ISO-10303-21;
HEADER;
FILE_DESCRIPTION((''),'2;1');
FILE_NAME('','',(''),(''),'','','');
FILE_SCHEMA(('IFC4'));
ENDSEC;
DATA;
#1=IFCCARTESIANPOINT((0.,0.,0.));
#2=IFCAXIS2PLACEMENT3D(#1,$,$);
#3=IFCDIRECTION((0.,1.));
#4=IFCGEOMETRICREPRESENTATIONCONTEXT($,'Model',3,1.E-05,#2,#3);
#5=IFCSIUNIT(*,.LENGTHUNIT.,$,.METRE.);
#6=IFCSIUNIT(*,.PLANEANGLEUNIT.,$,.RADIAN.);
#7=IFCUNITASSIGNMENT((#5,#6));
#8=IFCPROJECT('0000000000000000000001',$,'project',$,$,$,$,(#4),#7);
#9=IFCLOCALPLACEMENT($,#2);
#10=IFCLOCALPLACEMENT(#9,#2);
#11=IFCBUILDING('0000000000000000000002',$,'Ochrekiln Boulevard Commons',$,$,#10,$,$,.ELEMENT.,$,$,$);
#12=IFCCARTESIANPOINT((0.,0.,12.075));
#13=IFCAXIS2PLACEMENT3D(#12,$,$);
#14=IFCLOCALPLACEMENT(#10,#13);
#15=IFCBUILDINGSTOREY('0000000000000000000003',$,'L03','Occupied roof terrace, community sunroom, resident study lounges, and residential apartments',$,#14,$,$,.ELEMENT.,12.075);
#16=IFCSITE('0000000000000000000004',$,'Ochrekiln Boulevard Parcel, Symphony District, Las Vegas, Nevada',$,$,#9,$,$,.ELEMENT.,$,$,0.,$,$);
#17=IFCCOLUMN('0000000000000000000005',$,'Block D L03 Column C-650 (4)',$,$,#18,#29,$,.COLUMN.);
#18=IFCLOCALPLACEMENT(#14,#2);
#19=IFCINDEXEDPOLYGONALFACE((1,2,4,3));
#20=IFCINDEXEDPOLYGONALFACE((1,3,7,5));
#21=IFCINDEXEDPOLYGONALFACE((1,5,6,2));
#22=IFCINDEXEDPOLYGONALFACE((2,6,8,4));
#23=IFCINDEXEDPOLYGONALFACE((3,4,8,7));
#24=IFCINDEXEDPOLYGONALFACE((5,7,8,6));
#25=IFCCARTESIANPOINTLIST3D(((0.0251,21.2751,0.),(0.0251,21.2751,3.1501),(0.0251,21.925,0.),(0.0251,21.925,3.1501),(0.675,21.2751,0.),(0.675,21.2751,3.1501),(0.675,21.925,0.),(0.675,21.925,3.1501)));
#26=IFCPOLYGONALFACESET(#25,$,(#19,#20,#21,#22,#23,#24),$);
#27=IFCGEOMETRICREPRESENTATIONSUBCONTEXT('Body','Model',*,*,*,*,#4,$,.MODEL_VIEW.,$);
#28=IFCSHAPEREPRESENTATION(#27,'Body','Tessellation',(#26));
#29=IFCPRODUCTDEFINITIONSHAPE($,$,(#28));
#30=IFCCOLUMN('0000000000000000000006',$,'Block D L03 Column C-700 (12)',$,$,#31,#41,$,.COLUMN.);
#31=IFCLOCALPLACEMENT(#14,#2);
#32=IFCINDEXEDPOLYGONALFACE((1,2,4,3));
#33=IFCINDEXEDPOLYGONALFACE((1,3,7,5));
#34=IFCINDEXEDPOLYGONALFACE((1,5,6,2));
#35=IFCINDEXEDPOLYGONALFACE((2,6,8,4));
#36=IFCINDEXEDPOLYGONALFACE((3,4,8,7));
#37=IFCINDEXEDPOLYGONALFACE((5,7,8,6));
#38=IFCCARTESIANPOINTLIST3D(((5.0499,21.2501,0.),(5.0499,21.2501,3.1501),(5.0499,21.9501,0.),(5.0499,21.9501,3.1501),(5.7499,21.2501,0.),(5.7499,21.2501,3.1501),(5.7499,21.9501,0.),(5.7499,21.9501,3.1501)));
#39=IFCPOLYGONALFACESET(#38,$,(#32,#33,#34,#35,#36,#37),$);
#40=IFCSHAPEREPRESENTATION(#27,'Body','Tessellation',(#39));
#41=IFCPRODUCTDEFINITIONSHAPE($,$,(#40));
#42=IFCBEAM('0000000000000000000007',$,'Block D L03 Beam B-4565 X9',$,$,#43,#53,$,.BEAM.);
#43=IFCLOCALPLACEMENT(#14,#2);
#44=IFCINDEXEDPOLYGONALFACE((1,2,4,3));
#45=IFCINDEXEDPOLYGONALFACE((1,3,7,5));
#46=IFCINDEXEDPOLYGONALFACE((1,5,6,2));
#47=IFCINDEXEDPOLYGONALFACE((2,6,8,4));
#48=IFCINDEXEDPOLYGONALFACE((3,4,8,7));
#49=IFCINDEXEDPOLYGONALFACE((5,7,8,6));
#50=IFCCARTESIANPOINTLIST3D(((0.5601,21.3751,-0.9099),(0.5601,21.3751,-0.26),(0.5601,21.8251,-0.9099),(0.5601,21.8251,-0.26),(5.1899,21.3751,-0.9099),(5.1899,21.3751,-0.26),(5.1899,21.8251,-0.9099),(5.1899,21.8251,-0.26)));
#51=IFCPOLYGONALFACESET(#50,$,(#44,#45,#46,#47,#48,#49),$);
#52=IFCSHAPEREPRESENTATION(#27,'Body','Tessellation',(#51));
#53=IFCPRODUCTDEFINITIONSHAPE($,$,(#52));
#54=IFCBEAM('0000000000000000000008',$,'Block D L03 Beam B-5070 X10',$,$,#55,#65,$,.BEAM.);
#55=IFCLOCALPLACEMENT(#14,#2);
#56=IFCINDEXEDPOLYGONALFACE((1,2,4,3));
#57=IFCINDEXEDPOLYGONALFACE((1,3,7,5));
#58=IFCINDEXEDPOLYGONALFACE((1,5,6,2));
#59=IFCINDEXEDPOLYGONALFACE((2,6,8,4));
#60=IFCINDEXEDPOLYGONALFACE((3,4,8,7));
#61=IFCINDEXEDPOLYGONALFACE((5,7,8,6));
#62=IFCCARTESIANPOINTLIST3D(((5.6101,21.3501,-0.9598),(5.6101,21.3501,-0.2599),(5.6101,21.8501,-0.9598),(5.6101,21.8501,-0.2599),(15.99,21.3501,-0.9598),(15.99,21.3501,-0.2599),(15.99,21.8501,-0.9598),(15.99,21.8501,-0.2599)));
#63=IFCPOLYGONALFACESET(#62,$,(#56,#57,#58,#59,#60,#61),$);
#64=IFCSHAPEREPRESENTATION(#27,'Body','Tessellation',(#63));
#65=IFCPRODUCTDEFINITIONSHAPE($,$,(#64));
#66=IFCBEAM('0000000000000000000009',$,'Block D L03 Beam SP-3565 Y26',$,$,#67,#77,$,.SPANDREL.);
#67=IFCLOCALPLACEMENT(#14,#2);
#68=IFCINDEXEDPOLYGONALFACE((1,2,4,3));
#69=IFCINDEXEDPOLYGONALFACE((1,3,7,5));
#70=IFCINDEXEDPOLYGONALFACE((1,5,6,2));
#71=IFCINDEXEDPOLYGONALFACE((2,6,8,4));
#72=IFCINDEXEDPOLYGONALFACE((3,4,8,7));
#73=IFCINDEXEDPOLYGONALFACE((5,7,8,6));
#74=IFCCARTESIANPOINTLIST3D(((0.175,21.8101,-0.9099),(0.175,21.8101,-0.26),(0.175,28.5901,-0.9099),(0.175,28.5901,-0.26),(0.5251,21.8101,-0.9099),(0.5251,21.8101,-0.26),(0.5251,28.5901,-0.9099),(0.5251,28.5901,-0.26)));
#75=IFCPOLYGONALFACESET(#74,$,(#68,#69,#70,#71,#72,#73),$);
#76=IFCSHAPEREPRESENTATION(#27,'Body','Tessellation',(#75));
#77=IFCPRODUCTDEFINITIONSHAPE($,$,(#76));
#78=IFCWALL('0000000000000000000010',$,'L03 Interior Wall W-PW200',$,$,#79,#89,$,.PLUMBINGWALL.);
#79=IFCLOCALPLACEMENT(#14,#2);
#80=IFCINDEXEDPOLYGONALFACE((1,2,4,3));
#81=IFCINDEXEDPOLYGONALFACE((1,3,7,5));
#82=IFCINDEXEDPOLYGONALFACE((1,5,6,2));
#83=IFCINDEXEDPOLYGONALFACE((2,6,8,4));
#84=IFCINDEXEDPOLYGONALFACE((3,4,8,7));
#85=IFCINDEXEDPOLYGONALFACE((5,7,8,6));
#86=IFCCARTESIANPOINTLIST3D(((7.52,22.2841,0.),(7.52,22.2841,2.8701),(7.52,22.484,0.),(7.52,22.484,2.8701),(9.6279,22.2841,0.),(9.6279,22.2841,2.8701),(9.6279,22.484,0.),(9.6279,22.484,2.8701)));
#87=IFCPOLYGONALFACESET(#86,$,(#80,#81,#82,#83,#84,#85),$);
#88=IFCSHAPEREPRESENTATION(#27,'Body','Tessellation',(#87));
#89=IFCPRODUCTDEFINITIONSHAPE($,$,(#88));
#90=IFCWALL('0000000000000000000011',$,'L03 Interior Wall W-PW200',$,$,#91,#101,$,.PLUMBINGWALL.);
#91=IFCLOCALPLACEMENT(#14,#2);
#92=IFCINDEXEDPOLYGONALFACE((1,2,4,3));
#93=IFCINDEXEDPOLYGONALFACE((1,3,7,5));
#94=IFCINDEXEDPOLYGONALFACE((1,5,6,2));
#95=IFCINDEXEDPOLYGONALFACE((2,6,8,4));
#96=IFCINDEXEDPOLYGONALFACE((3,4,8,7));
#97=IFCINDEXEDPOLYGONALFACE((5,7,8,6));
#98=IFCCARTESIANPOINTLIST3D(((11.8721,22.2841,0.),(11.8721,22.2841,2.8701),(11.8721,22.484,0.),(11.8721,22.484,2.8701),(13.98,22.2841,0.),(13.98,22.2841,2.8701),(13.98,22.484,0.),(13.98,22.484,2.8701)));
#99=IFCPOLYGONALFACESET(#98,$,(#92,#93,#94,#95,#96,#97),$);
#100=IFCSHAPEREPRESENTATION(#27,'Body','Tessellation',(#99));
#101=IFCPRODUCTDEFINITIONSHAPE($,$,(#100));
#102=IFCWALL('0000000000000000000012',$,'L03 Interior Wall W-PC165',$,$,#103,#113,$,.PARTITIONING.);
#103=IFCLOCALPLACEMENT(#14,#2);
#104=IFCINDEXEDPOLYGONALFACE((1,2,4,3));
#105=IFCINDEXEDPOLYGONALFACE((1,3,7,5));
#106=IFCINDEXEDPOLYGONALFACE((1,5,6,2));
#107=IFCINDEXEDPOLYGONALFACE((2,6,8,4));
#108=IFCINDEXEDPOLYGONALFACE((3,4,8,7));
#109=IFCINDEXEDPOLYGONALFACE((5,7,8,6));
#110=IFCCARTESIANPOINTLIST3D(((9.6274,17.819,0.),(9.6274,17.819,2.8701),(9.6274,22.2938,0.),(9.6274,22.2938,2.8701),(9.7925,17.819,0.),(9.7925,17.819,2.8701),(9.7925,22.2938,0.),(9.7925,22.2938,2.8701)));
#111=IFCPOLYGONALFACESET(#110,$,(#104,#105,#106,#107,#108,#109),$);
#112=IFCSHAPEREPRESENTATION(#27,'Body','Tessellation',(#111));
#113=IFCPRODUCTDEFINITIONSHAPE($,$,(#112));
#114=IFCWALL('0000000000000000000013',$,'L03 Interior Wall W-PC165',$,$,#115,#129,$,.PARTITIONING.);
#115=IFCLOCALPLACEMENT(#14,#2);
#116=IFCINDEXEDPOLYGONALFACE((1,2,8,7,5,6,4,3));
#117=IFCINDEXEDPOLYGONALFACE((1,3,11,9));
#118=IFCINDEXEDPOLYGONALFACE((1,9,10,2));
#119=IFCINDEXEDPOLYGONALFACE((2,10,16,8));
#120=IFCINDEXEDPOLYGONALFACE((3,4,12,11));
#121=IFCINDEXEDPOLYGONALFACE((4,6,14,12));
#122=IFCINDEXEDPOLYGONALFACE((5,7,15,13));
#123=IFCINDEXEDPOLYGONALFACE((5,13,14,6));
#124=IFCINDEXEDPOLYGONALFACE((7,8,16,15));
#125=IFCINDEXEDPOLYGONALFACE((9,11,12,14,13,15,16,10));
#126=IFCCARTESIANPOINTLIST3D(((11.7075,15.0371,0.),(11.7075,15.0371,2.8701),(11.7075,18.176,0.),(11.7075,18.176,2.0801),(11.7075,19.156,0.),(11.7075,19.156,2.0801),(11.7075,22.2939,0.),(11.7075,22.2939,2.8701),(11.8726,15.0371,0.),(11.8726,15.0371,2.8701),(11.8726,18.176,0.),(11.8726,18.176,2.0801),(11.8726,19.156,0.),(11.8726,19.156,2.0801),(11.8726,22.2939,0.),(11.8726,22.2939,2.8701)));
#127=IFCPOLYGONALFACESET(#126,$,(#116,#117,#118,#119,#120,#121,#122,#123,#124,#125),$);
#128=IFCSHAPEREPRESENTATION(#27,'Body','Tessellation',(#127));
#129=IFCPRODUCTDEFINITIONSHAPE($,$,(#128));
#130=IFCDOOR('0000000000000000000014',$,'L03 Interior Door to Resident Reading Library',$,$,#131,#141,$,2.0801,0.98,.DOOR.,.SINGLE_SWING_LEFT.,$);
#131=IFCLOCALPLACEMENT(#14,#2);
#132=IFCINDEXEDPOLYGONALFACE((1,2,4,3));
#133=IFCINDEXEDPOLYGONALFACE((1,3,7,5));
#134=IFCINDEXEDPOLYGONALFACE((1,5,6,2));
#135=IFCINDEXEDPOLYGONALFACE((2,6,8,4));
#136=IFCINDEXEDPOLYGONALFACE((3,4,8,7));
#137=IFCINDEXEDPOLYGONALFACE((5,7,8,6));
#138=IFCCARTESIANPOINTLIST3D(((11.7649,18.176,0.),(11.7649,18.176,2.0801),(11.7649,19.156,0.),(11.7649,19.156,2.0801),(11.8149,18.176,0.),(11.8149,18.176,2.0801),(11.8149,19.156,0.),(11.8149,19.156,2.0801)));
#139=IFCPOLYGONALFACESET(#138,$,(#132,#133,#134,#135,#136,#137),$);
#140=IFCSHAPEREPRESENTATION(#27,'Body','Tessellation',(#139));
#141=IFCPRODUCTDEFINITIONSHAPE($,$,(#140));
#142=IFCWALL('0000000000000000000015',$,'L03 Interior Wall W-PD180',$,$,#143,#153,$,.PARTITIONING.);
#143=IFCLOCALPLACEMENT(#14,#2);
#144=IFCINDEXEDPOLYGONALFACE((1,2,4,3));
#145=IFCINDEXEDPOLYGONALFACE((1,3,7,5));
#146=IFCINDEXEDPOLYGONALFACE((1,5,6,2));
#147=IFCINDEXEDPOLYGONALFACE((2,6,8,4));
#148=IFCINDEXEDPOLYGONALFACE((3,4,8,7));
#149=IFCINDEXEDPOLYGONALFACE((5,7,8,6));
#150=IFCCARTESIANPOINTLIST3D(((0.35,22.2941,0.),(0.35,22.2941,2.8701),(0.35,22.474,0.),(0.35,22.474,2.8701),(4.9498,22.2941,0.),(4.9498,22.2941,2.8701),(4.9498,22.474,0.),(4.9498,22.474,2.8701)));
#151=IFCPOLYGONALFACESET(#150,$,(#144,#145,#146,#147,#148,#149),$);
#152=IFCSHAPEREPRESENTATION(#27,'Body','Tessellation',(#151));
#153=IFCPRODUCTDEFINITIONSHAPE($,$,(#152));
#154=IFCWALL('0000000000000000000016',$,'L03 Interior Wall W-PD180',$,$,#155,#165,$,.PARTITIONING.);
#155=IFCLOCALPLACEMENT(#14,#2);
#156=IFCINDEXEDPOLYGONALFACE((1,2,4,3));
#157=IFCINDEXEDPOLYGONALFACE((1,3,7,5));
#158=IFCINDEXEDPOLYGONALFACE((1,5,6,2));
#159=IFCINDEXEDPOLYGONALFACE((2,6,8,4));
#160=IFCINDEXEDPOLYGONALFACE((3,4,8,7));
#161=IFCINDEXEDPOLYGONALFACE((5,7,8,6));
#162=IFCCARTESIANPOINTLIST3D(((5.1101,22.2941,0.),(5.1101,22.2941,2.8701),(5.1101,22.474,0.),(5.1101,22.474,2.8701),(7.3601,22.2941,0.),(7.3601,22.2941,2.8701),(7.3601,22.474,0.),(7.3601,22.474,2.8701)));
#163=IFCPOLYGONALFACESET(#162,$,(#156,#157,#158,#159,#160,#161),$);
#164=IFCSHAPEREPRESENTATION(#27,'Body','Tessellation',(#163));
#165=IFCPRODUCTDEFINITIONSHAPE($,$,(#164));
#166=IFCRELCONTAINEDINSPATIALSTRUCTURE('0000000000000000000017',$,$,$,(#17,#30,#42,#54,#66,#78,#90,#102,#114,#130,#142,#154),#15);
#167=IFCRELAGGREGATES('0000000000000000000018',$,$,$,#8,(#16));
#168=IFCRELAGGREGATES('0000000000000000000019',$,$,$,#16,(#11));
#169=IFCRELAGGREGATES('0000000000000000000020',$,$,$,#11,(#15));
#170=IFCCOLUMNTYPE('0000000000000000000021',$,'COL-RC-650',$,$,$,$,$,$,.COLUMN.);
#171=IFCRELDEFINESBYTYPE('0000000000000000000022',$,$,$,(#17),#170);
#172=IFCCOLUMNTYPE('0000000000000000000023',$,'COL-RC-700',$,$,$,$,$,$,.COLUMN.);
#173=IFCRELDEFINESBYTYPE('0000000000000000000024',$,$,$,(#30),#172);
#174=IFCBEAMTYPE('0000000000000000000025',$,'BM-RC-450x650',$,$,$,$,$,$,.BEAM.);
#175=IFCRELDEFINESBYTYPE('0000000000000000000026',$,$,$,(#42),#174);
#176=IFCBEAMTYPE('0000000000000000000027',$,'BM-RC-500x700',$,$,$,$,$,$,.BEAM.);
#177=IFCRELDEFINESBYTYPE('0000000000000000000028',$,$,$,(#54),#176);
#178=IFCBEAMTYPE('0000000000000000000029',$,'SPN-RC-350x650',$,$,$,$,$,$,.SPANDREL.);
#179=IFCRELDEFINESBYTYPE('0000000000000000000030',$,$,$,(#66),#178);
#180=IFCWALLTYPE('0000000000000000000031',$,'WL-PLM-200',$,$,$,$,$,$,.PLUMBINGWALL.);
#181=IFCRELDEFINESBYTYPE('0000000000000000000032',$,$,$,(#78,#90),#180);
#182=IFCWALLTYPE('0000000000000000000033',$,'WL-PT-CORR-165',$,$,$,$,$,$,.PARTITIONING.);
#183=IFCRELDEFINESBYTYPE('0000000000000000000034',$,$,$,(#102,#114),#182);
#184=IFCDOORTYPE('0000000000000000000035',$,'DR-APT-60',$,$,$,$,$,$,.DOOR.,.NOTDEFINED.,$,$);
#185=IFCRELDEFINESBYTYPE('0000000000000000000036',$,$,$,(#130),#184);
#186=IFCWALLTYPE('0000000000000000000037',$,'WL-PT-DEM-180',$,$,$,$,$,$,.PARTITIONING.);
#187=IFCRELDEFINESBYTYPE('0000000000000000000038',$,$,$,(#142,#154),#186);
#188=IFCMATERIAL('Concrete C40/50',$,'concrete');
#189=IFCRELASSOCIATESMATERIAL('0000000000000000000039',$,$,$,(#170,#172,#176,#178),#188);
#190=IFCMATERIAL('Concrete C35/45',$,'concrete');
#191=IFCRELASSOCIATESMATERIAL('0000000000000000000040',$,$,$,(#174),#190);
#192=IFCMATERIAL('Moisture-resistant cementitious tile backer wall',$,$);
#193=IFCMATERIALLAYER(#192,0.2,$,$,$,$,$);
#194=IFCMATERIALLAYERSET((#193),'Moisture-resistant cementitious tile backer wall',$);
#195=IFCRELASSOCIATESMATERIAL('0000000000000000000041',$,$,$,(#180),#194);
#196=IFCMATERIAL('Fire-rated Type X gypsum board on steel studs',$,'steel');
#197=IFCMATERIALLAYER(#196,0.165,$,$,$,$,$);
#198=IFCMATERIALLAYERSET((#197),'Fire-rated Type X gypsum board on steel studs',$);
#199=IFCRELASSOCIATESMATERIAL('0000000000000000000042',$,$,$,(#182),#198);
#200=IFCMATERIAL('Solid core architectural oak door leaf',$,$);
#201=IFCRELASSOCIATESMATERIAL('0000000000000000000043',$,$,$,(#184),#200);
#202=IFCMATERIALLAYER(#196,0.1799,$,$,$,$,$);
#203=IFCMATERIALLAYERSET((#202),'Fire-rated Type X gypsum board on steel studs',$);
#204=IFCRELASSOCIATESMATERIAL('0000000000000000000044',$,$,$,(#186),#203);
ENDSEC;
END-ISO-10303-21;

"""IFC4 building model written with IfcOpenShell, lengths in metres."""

from ifc_helpers import new_model, si_unit, direction, frame, frame_2d, origin, origin_2d, place, context, subcontext, project, spatial, rectangle, extrude, material, layer, layer_set, material_profile, profile_set, type_object, element, fill, save


model = new_model("IFC4")

# Units and contexts
model_context = context("Model", 3, precision=1e-05, world=origin(), true_north=direction((0.0, 1.0)))
body_context = subcontext(model_context, "Body", "Model", "MODEL_VIEW")
ifc_project = project(units=[si_unit("LENGTHUNIT", "METRE"), si_unit("PLANEANGLEUNIT", "RADIAN")], contexts=[model_context])

# Site, building, storey
site_placement = place(None, origin())
site = spatial("IfcSite", under=ifc_project, at=site_placement, Name="Ochrekiln Boulevard Parcel, Symphony District, Las Vegas, Nevada", CompositionType="ELEMENT", RefElevation=0.0)
building_placement = place(site_placement, origin())
building = spatial("IfcBuilding", under=site, at=building_placement, Name="Ochrekiln Boulevard Commons", CompositionType="ELEMENT")
storey_placement = place(building_placement, frame((0.0, 0.0, 12.075)))
storey = spatial("IfcBuildingStorey", under=building, at=storey_placement, Name="L03", Description="Occupied roof terrace, community sunroom, resident study lounges, and residential apartments", CompositionType="ELEMENT", Elevation=12.075)

# Columns
ifc_material_1 = material(Name="Concrete C40/50", Category="concrete")
ifc_material_profile_1 = material_profile(ifc_material_1, rectangle(XDim=0.6499, YDim=0.6499, at=origin_2d()), Name="RC-COL-650x650")
ifc_profile_set_1 = profile_set([ifc_material_profile_1], Name="Concrete C40/50")
column_type_1 = type_object("IfcColumnType", Name="COL-RC-650", PredefinedType="COLUMN", material=ifc_profile_set_1)
column_1_placement = place(storey_placement, frame((0.3501, 21.6001, 0.0), z_axis=(0.0, 0.0, 1.0), x_axis=(1.0, 0.0, 0.0)))
element("IfcColumn", 1, at=column_1_placement, inside=storey, type_object=column_type_1, Name="Block D L03 Column C-650 (4)", PredefinedType="COLUMN", context=body_context, shape_type="SweptSolid", body=[
    extrude(rectangle(XDim=0.6499, YDim=0.6499, at=origin_2d()), origin(), (0.0, 0.0, 1.0), 3.1501),
])
ifc_material_profile_2 = material_profile(ifc_material_1, rectangle(XDim=0.7, YDim=0.7, at=origin_2d()), Name="RC-COL-700x700")
ifc_profile_set_2 = profile_set([ifc_material_profile_2], Name="Concrete C40/50")
column_type_2 = type_object("IfcColumnType", Name="COL-RC-700", PredefinedType="COLUMN", material=ifc_profile_set_2)
column_2_placement = place(storey_placement, frame((5.3999, 21.6001, 0.0), z_axis=(0.0, 0.0, 1.0), x_axis=(1.0, 0.0, 0.0)))
element("IfcColumn", 2, at=column_2_placement, inside=storey, type_object=column_type_2, Name="Block D L03 Column C-700 (12)", PredefinedType="COLUMN", context=body_context, shape_type="SweptSolid", body=[
    extrude(rectangle(XDim=0.7, YDim=0.7, at=origin_2d()), origin(), (0.0, 0.0, 1.0), 3.1501),
])

# Beams
ifc_material_2 = material(Name="Concrete C35/45", Category="concrete")
ifc_material_profile_3 = material_profile(ifc_material_2, rectangle(XDim=0.45, YDim=0.6499, at=origin_2d()), Name="RC-BM-450x650")
ifc_profile_set_3 = profile_set([ifc_material_profile_3], Name="Concrete C35/45")
beam_type_1 = type_object("IfcBeamType", Name="BM-RC-450x650", PredefinedType="BEAM", material=ifc_profile_set_3)
beam_1_placement = place(storey_placement, frame((0.5601, 21.6001, -0.585), z_axis=(1.0, 0.0, 0.0), x_axis=(0.0, 1.0, 0.0)))
element("IfcBeam", 3, at=beam_1_placement, inside=storey, type_object=beam_type_1, Name="Block D L03 Beam B-4565 X9", PredefinedType="BEAM", context=body_context, shape_type="SweptSolid", body=[
    extrude(rectangle(XDim=0.45, YDim=0.6499, at=origin_2d()), origin(), (0.0, 0.0, 1.0), 4.6299),
])
ifc_material_profile_4 = material_profile(ifc_material_1, rectangle(XDim=0.5, YDim=0.7, at=origin_2d()), Name="RC-BM-500x700")
ifc_profile_set_4 = profile_set([ifc_material_profile_4], Name="Concrete C40/50")
beam_type_2 = type_object("IfcBeamType", Name="BM-RC-500x700", PredefinedType="BEAM", material=ifc_profile_set_4)
beam_2_placement = place(storey_placement, frame((5.6101, 21.6001, -0.6099), z_axis=(1.0, 0.0, 0.0), x_axis=(0.0, 1.0, 0.0)))
element("IfcBeam", 4, at=beam_2_placement, inside=storey, type_object=beam_type_2, Name="Block D L03 Beam B-5070 X10", PredefinedType="BEAM", context=body_context, shape_type="SweptSolid", body=[
    extrude(rectangle(XDim=0.5, YDim=0.7, at=origin_2d()), origin(), (0.0, 0.0, 1.0), 10.3799),
])
ifc_material_profile_5 = material_profile(ifc_material_1, rectangle(XDim=0.3501, YDim=0.6499, at=origin_2d()), Name="RC-SPN-350x650")
ifc_profile_set_5 = profile_set([ifc_material_profile_5], Name="Concrete C40/50")
beam_type_3 = type_object("IfcBeamType", Name="SPN-RC-350x650", PredefinedType="SPANDREL", material=ifc_profile_set_5)
beam_3_placement = place(storey_placement, frame((0.3501, 21.8101, -0.585), z_axis=(0.0, 1.0, 0.0), x_axis=(-1.0, 0.0, 0.0)))
element("IfcBeam", 5, at=beam_3_placement, inside=storey, type_object=beam_type_3, Name="Block D L03 Beam SP-3565 Y26", PredefinedType="SPANDREL", context=body_context, shape_type="SweptSolid", body=[
    extrude(rectangle(XDim=0.3501, YDim=0.6499, at=origin_2d()), origin(), (0.0, 0.0, 1.0), 6.78),
])

# Walls
ifc_material_3 = material(Name="Moisture-resistant cementitious tile backer wall")
ifc_layer_1 = layer(ifc_material_3, 0.2)
ifc_layer_set_1 = layer_set([ifc_layer_1], Name="Moisture-resistant cementitious tile backer wall")
wall_type_1 = type_object("IfcWallType", Name="WL-PLM-200", PredefinedType="PLUMBINGWALL", material=ifc_layer_set_1)
for number, where, z_axis, x_axis, name in (
    (6, (7.52, 22.384, 0.0), (0.0, 0.0, 1.0), (1.0, 0.0, 0.0), "L03 Interior Wall W-PW200"),
    (7, (11.8721, 22.384, 0.0), (0.0, 0.0, 1.0), (1.0, 0.0, 0.0), "L03 Interior Wall W-PW200"),
):
    element("IfcWall", number, at=place(storey_placement, frame(where, z_axis=z_axis, x_axis=x_axis)), inside=storey, type_object=wall_type_1, Name=name, PredefinedType="PLUMBINGWALL", context=body_context, shape_type="SweptSolid", body=[
        extrude(rectangle(XDim=2.1079, YDim=0.2, at=frame_2d((1.054, 0.0))), origin(), (0.0, 0.0, 1.0), 2.8701),
    ])
ifc_material_4 = material(Name="Fire-rated Type X gypsum board on steel studs", Category="steel")
ifc_layer_2 = layer(ifc_material_4, 0.165)
ifc_layer_set_2 = layer_set([ifc_layer_2], Name="Fire-rated Type X gypsum board on steel studs")
wall_type_2 = type_object("IfcWallType", Name="WL-PT-CORR-165", PredefinedType="PARTITIONING", material=ifc_layer_set_2)
wall_1_placement = place(storey_placement, frame((9.71, 17.8191, 0.0), z_axis=(0.0, 0.0, 1.0), x_axis=(0.0, 1.0, 0.0)))
element("IfcWall", 8, at=wall_1_placement, inside=storey, type_object=wall_type_2, Name="L03 Interior Wall W-PC165", PredefinedType="PARTITIONING", context=body_context, shape_type="SweptSolid", body=[
    extrude(rectangle(XDim=4.4749, YDim=0.165, at=frame_2d((2.2373, 0.0))), origin(), (0.0, 0.0, 1.0), 2.8701),
])

# Wall, opening, door
wall_2_placement = place(storey_placement, frame((11.79, 15.0371, 0.0), z_axis=(0.0, 0.0, 1.0), x_axis=(0.0, 1.0, 0.0)))
wall_2 = element("IfcWall", 9, at=wall_2_placement, inside=storey, type_object=wall_type_2, Name="L03 Interior Wall W-PC165", PredefinedType="PARTITIONING", context=body_context, shape_type="SweptSolid", body=[
    extrude(rectangle(XDim=7.2568, YDim=0.165, at=frame_2d((3.6284, 0.0))), origin(), (0.0, 0.0, 1.0), 2.8701),
])
opening_1_placement = place(wall_2_placement, frame((3.1389, 0.0, 0.0)))
opening_1 = element("IfcOpeningElement", 10, at=opening_1_placement, cuts=wall_2, PredefinedType="OPENING", context=body_context, shape_type="SweptSolid", body=[
    extrude(rectangle(XDim=0.98, YDim=2.0801, at=frame_2d((0.49, 1.04))), frame((0.0, 0.0925, 0.0), z_axis=(0.0, -1.0, 0.0), x_axis=(1.0, 0.0, 0.0)), (0.0, 0.0, 1.0), 0.1851),
])
ifc_material_5 = material(Name="Solid core architectural oak door leaf")
door_type_1 = type_object("IfcDoorType", Name="DR-APT-60", OperationType="NOTDEFINED", PredefinedType="DOOR", material=ifc_material_5)
door_1_placement = place(opening_1_placement, frame((0.98, 0.0, 0.0), z_axis=(0.0, 0.0, 1.0), x_axis=(-1.0, 0.0, 0.0)))
door_1 = element("IfcDoor", 11, at=door_1_placement, inside=storey, type_object=door_type_1, Name="L03 Interior Door to Resident Reading Library", OperationType="SINGLE_SWING_LEFT", OverallHeight=2.0801, OverallWidth=0.98, PredefinedType="DOOR", context=body_context, shape_type="SweptSolid", body=[
    extrude(rectangle(XDim=0.98, YDim=2.0801, at=frame_2d((0.49, 1.04))), frame((0.0, 0.0249, 0.0), z_axis=(0.0, -1.0, 0.0), x_axis=(1.0, 0.0, 0.0)), (0.0, 0.0, 1.0), 0.05),
])
fill(opening_1, door_1)

# Walls
ifc_layer_3 = layer(ifc_material_4, 0.1799)
ifc_layer_set_3 = layer_set([ifc_layer_3], Name="Fire-rated Type X gypsum board on steel studs")
wall_type_3 = type_object("IfcWallType", Name="WL-PT-DEM-180", PredefinedType="PARTITIONING", material=ifc_layer_set_3)
wall_3_placement = place(storey_placement, frame((0.3501, 22.384, 0.0), z_axis=(0.0, 0.0, 1.0), x_axis=(1.0, 0.0, 0.0)))
element("IfcWall", 12, at=wall_3_placement, inside=storey, type_object=wall_type_3, Name="L03 Interior Wall W-PD180", PredefinedType="PARTITIONING", context=body_context, shape_type="SweptSolid", body=[
    extrude(rectangle(XDim=4.5999, YDim=0.1799, at=frame_2d((2.2998, 0.0))), origin(), (0.0, 0.0, 1.0), 2.8701),
])
wall_4_placement = place(storey_placement, frame((5.1101, 22.384, 0.0), z_axis=(0.0, 0.0, 1.0), x_axis=(1.0, 0.0, 0.0)))
element("IfcWall", 13, at=wall_4_placement, inside=storey, type_object=wall_type_3, Name="L03 Interior Wall W-PD180", PredefinedType="PARTITIONING", context=body_context, shape_type="SweptSolid", body=[
    extrude(rectangle(XDim=2.25, YDim=0.1799, at=frame_2d((1.125, 0.0))), origin(), (0.0, 0.0, 1.0), 2.8701),
])

save(model, "model.ifc")
